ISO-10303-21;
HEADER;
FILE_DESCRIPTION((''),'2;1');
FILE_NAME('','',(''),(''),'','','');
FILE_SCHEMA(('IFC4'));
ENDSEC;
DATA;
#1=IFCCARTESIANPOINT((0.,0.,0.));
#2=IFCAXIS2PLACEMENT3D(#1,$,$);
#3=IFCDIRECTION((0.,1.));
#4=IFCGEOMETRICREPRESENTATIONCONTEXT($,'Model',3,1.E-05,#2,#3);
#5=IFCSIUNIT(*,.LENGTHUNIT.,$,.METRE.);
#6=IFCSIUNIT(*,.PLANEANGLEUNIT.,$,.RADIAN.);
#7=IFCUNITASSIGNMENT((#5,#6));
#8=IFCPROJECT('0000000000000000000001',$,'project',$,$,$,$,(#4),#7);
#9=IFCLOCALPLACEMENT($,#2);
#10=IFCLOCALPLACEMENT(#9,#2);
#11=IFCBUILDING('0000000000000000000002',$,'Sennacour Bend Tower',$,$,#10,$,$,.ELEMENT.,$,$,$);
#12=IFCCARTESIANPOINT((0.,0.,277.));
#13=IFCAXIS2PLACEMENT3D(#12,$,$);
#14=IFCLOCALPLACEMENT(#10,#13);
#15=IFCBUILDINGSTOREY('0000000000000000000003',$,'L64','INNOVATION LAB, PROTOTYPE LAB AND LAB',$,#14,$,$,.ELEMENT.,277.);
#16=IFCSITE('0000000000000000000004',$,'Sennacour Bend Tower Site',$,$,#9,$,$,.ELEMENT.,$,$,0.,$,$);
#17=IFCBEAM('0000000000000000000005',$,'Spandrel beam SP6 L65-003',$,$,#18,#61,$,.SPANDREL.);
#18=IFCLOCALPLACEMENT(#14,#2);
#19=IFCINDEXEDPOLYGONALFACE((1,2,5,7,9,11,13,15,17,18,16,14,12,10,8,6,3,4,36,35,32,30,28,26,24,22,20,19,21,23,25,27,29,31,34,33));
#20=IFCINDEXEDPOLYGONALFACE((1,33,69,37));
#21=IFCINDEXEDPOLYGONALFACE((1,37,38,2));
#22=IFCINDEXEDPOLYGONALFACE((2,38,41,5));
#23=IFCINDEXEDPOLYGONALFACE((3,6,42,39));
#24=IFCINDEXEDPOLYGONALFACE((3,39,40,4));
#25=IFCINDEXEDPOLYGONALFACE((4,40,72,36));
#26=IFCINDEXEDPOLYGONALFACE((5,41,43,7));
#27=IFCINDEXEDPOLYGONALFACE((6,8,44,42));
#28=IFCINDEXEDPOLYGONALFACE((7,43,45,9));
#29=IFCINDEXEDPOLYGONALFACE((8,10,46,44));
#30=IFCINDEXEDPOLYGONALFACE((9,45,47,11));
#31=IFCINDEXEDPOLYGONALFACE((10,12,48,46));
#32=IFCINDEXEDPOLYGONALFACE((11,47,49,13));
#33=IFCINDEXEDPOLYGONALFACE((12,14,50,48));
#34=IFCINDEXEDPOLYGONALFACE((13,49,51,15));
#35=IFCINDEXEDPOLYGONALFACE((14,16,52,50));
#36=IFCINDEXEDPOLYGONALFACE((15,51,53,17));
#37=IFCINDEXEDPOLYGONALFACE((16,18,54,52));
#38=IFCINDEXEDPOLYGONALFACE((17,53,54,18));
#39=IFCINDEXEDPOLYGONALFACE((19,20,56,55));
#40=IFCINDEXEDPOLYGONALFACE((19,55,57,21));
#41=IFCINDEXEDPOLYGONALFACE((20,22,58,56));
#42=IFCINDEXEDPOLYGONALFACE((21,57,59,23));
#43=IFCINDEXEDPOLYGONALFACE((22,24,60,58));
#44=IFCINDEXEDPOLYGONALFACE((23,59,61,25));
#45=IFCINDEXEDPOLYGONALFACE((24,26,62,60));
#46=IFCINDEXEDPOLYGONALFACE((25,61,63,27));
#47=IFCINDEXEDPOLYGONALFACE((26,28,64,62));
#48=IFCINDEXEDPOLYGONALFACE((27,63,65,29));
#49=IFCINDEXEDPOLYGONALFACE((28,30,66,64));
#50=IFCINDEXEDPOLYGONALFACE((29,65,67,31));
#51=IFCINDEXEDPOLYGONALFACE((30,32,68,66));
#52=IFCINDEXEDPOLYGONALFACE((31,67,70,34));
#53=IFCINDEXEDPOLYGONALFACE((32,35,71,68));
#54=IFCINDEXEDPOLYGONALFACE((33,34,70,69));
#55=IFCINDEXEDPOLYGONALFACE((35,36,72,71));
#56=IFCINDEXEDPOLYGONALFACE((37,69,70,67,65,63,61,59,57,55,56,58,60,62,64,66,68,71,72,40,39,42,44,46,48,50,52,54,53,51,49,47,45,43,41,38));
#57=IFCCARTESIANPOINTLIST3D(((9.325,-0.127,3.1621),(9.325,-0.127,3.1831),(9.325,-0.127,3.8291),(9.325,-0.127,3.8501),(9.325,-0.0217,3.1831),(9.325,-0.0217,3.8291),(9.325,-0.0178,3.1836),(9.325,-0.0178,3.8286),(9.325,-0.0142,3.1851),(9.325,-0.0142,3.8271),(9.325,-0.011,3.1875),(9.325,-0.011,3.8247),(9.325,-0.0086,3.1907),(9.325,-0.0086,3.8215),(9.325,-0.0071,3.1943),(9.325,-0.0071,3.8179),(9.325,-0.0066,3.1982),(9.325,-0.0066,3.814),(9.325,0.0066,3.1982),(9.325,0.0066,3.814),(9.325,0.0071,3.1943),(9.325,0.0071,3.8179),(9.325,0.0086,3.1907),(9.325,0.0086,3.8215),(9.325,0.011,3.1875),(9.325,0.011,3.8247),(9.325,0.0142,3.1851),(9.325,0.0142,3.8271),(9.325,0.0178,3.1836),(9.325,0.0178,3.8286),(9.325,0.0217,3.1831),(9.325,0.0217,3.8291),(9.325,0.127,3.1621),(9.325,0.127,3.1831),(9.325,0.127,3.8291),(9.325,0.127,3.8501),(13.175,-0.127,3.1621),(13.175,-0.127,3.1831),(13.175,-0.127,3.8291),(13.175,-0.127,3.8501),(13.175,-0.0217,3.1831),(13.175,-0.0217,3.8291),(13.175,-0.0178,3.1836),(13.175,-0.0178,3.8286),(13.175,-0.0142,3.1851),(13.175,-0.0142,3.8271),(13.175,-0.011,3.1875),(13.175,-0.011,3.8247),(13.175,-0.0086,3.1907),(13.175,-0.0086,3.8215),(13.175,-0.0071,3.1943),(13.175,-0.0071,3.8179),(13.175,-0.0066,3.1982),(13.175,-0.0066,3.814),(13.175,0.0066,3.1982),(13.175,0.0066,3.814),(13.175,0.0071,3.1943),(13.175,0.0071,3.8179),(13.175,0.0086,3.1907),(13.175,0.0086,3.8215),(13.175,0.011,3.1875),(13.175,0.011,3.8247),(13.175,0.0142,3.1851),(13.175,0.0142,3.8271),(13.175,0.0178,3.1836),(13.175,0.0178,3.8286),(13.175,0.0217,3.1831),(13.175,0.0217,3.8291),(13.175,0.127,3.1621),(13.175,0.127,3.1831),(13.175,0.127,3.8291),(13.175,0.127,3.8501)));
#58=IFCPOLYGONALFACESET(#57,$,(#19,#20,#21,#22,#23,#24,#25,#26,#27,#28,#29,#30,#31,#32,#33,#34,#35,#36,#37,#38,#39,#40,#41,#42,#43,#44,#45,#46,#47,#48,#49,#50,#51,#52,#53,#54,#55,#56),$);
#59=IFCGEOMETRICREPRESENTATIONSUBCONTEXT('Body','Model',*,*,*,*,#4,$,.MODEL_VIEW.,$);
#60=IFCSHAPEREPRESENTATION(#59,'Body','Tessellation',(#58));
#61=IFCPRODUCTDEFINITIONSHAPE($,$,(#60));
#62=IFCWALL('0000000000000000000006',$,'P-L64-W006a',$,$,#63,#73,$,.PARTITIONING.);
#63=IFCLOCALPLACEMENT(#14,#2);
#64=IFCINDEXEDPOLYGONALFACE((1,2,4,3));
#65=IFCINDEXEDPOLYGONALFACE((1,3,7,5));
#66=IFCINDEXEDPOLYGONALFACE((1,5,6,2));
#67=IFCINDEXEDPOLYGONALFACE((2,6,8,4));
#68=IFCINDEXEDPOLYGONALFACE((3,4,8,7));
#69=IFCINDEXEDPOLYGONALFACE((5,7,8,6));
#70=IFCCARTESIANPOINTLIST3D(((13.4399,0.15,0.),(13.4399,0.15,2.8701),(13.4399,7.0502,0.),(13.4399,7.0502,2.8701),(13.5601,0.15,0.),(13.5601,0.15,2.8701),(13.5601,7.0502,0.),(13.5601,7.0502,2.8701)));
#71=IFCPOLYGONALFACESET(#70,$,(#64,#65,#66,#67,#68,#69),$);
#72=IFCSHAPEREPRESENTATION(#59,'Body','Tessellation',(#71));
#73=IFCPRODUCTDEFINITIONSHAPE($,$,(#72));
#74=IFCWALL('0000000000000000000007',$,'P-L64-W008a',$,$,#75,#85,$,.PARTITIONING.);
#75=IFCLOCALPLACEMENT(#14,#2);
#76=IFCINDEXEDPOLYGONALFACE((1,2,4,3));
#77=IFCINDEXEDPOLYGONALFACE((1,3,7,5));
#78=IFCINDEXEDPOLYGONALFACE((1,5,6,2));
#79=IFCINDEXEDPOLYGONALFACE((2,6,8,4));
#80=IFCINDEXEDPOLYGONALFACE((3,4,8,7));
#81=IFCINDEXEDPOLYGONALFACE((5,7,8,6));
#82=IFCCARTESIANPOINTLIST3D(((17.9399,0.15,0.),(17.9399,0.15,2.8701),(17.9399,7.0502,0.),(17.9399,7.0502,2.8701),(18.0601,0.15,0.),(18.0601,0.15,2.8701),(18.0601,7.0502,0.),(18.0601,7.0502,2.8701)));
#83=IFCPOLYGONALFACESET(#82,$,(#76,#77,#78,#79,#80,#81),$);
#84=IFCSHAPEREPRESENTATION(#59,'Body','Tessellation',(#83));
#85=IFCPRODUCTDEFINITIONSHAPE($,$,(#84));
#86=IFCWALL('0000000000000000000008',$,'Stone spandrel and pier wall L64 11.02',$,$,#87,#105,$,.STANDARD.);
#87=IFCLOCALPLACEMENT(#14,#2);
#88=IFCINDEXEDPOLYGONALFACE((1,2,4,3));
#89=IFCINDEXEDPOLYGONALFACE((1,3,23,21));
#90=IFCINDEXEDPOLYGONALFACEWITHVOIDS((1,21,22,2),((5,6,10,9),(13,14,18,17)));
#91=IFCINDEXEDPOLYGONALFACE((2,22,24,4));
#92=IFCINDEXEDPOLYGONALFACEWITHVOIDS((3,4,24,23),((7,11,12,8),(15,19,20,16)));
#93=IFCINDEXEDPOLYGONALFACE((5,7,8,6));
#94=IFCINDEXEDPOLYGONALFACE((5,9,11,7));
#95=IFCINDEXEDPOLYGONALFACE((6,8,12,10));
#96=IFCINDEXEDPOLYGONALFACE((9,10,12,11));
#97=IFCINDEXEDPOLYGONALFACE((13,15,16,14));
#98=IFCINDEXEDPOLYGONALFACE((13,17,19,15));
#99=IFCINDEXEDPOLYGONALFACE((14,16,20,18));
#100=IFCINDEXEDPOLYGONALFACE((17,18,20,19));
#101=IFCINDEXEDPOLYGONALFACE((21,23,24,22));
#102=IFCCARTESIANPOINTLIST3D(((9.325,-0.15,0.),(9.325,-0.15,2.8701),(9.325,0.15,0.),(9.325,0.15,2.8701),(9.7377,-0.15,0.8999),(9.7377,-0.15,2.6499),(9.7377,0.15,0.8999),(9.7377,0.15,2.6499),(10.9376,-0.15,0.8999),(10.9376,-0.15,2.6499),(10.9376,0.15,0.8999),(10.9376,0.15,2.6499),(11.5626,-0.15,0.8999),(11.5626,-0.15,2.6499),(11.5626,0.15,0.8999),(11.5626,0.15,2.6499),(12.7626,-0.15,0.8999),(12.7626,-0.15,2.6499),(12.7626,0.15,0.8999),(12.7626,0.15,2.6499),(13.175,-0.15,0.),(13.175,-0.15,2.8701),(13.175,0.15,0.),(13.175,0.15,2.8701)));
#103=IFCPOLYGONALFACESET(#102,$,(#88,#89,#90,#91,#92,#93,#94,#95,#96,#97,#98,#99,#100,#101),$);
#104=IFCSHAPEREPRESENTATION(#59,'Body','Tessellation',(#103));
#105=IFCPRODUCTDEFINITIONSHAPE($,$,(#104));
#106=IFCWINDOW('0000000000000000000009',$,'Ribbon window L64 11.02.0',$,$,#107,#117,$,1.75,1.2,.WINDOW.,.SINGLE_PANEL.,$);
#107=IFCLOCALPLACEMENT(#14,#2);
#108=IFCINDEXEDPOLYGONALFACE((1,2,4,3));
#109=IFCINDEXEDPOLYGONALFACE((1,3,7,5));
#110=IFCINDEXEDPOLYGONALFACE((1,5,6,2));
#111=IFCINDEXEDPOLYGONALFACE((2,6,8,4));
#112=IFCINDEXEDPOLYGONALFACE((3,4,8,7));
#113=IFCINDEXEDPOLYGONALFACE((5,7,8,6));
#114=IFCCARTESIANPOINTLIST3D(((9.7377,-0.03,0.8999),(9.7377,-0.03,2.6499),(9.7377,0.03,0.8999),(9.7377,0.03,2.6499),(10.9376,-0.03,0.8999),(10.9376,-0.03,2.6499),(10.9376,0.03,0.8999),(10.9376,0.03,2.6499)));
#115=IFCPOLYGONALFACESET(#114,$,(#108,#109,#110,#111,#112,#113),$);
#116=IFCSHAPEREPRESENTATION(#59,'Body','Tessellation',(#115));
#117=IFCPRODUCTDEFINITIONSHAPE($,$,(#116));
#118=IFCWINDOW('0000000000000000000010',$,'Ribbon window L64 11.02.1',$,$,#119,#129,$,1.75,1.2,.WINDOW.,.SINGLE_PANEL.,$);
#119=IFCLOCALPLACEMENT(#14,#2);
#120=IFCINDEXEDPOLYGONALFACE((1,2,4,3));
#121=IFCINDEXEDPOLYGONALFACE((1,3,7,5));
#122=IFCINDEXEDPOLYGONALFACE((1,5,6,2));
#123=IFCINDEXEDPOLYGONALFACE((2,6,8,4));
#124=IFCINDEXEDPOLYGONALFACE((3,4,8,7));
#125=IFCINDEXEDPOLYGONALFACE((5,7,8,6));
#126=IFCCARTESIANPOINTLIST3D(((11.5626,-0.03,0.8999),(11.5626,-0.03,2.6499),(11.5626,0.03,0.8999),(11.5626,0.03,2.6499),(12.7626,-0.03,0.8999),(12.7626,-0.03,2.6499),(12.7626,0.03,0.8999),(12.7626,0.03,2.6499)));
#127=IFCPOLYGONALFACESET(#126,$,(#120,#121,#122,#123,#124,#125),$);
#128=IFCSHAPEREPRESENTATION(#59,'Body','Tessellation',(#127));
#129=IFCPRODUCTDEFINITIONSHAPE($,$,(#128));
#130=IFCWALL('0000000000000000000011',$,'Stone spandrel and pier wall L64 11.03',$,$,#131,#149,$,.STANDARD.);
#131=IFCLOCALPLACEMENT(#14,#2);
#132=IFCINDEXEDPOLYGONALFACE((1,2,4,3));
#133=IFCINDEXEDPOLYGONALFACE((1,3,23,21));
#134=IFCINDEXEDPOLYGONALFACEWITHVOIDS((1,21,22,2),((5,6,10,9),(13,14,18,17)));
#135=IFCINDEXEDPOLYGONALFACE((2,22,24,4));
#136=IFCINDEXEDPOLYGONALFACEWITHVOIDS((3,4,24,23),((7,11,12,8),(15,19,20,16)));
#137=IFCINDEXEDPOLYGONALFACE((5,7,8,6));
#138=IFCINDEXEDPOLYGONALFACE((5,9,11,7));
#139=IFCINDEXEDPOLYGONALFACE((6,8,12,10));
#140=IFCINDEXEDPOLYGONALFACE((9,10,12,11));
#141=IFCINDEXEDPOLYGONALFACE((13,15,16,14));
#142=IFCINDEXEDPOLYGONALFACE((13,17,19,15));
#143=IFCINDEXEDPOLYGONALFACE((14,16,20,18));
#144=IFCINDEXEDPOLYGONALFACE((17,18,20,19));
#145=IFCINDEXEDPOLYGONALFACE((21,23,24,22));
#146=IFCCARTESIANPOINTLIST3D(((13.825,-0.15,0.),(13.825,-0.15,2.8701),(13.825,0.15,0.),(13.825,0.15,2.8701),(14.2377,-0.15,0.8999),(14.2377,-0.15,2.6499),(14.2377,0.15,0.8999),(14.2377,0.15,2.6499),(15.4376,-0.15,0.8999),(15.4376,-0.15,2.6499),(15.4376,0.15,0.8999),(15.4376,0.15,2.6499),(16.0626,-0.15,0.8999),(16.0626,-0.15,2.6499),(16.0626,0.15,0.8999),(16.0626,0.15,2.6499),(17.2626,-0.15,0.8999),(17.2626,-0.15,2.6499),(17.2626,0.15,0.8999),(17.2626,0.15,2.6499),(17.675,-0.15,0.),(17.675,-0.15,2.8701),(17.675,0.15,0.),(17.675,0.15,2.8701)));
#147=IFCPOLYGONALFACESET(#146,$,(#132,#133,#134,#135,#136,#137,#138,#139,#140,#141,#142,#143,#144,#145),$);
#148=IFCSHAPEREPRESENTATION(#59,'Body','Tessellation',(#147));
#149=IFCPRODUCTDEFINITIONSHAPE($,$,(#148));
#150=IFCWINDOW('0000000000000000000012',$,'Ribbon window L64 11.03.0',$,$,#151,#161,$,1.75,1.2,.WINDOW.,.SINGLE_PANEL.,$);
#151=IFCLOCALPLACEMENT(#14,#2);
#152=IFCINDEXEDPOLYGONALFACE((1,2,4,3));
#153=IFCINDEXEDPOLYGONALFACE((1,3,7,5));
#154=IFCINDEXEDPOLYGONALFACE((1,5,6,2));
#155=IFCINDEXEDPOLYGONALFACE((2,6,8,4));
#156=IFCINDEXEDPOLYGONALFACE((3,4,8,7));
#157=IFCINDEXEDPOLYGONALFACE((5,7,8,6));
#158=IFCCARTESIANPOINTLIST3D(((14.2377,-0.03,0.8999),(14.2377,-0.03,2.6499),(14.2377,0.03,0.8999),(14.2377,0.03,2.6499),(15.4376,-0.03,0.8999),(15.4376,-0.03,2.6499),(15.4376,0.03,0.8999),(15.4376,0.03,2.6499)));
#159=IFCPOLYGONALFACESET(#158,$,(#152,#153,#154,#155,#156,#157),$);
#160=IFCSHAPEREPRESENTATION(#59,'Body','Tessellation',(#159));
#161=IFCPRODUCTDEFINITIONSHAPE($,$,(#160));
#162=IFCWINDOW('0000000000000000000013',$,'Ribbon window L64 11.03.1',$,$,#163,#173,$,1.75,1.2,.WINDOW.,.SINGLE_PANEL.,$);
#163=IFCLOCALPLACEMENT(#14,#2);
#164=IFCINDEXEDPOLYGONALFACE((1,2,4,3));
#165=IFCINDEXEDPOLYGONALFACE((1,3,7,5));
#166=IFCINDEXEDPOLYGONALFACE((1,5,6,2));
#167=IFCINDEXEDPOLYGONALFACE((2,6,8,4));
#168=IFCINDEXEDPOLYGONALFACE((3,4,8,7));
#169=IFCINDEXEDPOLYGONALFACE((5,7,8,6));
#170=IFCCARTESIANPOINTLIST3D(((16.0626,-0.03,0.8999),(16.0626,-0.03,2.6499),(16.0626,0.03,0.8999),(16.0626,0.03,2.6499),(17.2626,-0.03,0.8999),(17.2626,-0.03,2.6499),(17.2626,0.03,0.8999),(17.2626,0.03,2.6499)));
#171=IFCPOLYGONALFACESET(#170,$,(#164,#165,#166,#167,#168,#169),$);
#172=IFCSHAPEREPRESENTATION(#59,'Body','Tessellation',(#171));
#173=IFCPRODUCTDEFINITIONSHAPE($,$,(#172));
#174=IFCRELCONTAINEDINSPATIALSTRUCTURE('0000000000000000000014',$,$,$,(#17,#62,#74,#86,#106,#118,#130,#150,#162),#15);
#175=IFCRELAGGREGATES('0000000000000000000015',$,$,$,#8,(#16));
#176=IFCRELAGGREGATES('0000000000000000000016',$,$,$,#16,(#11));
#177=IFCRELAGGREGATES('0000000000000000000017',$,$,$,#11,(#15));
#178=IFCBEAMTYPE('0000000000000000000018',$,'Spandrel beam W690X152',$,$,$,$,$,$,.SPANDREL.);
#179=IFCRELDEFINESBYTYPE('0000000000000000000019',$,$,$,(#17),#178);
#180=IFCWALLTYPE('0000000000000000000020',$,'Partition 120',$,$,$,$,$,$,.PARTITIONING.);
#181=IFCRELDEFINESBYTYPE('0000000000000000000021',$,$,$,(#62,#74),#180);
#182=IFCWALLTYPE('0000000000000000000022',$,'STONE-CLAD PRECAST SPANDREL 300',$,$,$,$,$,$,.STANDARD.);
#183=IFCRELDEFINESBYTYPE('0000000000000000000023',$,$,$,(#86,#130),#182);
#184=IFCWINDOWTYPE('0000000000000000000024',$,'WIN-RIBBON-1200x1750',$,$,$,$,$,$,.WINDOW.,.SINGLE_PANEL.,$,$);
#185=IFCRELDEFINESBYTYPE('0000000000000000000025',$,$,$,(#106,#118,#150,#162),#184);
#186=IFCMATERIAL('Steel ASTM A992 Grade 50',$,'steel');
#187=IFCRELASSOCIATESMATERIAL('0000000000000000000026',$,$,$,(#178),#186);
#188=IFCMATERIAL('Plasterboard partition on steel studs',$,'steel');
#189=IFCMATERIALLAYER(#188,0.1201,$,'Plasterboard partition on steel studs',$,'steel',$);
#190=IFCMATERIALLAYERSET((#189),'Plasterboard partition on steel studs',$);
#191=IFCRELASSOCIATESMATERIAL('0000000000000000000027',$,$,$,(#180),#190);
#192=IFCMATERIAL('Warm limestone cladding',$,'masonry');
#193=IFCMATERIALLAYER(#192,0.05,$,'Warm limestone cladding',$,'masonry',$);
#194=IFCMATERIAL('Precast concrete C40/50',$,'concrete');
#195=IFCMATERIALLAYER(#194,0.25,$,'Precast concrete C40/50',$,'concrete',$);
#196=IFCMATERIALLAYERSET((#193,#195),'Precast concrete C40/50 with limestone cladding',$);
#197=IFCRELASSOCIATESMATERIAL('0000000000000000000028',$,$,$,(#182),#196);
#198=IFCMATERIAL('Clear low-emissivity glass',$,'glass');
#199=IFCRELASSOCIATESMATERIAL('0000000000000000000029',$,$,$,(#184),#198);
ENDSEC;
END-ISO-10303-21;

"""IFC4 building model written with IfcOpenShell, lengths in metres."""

from ifc_helpers import new_model, si_unit, direction, frame, frame_2d, origin, origin_2d, place, context, subcontext, project, spatial, rectangle, i_section, extrude, material, layer, layer_set, material_profile, profile_set, type_object, element, fill, save


model = new_model("IFC4")

# Units and contexts
model_context = context("Model", 3, precision=1e-05, world=origin(), true_north=direction((0.0, 1.0)))
body_context = subcontext(model_context, "Body", "Model", "MODEL_VIEW")
ifc_project = project(units=[si_unit("LENGTHUNIT", "METRE"), si_unit("PLANEANGLEUNIT", "RADIAN")], contexts=[model_context])

# Site, building, storey
site_placement = place(None, origin())
site = spatial("IfcSite", under=ifc_project, at=site_placement, Name="Sennacour Bend Tower Site", CompositionType="ELEMENT", RefElevation=0.0)
building_placement = place(site_placement, origin())
building = spatial("IfcBuilding", under=site, at=building_placement, Name="Sennacour Bend Tower", CompositionType="ELEMENT")
storey_placement = place(building_placement, frame((0.0, 0.0, 277.0)))
storey = spatial("IfcBuildingStorey", under=building, at=storey_placement, Name="L64", Description="INNOVATION LAB, PROTOTYPE LAB AND LAB", CompositionType="ELEMENT", Elevation=277.0)

# Beam
ifc_material_1 = material(Name="Steel ASTM A992 Grade 50", Category="steel")
ifc_material_profile_1 = material_profile(ifc_material_1, i_section(OverallWidth=0.2539, OverallDepth=0.688, WebThickness=0.0132, FlangeThickness=0.021, FilletRadius=0.0151, at=origin_2d()), Name="Steel ASTM A992 Grade 50", Category="steel")
ifc_profile_set_1 = profile_set([ifc_material_profile_1], Name="Steel ASTM A992 Grade 50")
beam_type_1 = type_object("IfcBeamType", Name="Spandrel beam W690X152", PredefinedType="SPANDREL", material=ifc_profile_set_1)
for number, where, z_axis, x_axis, name in (
    (1, (13.175, 0.0, 3.5061), (-1.0, 0.0, 0.0), (0.0, -1.0, 0.0), "Spandrel beam SP6 L65-003"),
):
    element("IfcBeam", number, at=place(storey_placement, frame(where, z_axis=z_axis, x_axis=x_axis)), inside=storey, type_object=beam_type_1, Name=name, PredefinedType="SPANDREL", context=body_context, shape_type="SweptSolid", body=[
        extrude(i_section(OverallWidth=0.2539, OverallDepth=0.688, WebThickness=0.0132, FlangeThickness=0.021, FilletRadius=0.0151, at=origin_2d()), origin(), (0.0, 0.0, 1.0), 3.8501),
    ])

# Walls
ifc_material_2 = material(Name="Plasterboard partition on steel studs", Category="steel")
ifc_layer_1 = layer(ifc_material_2, 0.1201, Name="Plasterboard partition on steel studs", Category="steel")
ifc_layer_set_1 = layer_set([ifc_layer_1], Name="Plasterboard partition on steel studs")
wall_type_1 = type_object("IfcWallType", Name="Partition 120", PredefinedType="PARTITIONING", material=ifc_layer_set_1)
for number, where, z_axis, x_axis, name in (
    (2, (13.5, 0.1499, 0.0), (0.0, 0.0, 1.0), (0.0, 1.0, 0.0), "P-L64-W006a"),
    (3, (18.0, 0.1499, 0.0), (0.0, 0.0, 1.0), (0.0, 1.0, 0.0), "P-L64-W008a"),
):
    element("IfcWall", number, at=place(storey_placement, frame(where, z_axis=z_axis, x_axis=x_axis)), inside=storey, type_object=wall_type_1, Name=name, PredefinedType="PARTITIONING", context=body_context, shape_type="SweptSolid", body=[
        extrude(rectangle(XDim=6.9001, YDim=0.1201, at=frame_2d((3.4502, 0.0))), origin(), (0.0, 0.0, 1.0), 2.8701),
    ])

# Walls, openings, windows
ifc_material_3 = material(Name="Warm limestone cladding", Category="masonry")
ifc_layer_2 = layer(ifc_material_3, 0.05, Name="Warm limestone cladding", Category="masonry")
ifc_material_4 = material(Name="Precast concrete C40/50", Category="concrete")
ifc_layer_3 = layer(ifc_material_4, 0.25, Name="Precast concrete C40/50", Category="concrete")
ifc_layer_set_2 = layer_set([ifc_layer_2, ifc_layer_3], Name="Precast concrete C40/50 with limestone cladding")
wall_type_2 = type_object("IfcWallType", Name="STONE-CLAD PRECAST SPANDREL 300", PredefinedType="STANDARD", material=ifc_layer_set_2)
wall_1_placement = place(storey_placement, frame((9.325, 0.0, 0.0), z_axis=(0.0, 0.0, 1.0), x_axis=(1.0, 0.0, 0.0)))
wall_1 = element("IfcWall", 4, at=wall_1_placement, inside=storey, type_object=wall_type_2, Name="Stone spandrel and pier wall L64 11.02", PredefinedType="STANDARD", context=body_context, shape_type="SweptSolid", body=[
    extrude(rectangle(XDim=3.8501, YDim=0.3, at=frame_2d((1.925, 0.0))), origin(), (0.0, 0.0, 1.0), 2.8701),
])
opening_1_placement = place(wall_1_placement, frame((0.4126, 0.0, 0.8999)))
opening_1 = element("IfcOpeningElement", 5, at=opening_1_placement, cuts=wall_1, PredefinedType="OPENING", context=body_context, shape_type="SweptSolid", body=[
    extrude(rectangle(XDim=1.2, YDim=1.75, at=frame_2d((0.6001, 0.875))), frame((0.0, 0.1602, 0.0), z_axis=(0.0, -1.0, 0.0), x_axis=(1.0, 0.0, 0.0)), (0.0, 0.0, 1.0), 0.3201),
])
opening_2_placement = place(wall_1_placement, frame((2.2375, 0.0, 0.8999)))
opening_2 = element("IfcOpeningElement", 6, at=opening_2_placement, cuts=wall_1, PredefinedType="OPENING", context=body_context, shape_type="SweptSolid", body=[
    extrude(rectangle(XDim=1.2, YDim=1.75, at=frame_2d((0.6001, 0.875))), frame((0.0, 0.1602, 0.0), z_axis=(0.0, -1.0, 0.0), x_axis=(1.0, 0.0, 0.0)), (0.0, 0.0, 1.0), 0.3201),
])
ifc_material_5 = material(Name="Clear low-emissivity glass", Category="glass")
window_type = type_object("IfcWindowType", Name="WIN-RIBBON-1200x1750", PartitioningType="SINGLE_PANEL", PredefinedType="WINDOW", material=ifc_material_5)
window_1_placement = place(opening_1_placement, origin())
window_1 = element("IfcWindow", 7, at=window_1_placement, inside=storey, type_object=window_type, Name="Ribbon window L64 11.02.0", OverallHeight=1.75, OverallWidth=1.2, PartitioningType="SINGLE_PANEL", PredefinedType="WINDOW", context=body_context, shape_type="SweptSolid", body=[
    extrude(rectangle(XDim=1.2, YDim=1.75, at=frame_2d((0.6001, 0.875))), frame((0.0, 0.03, 0.0), z_axis=(0.0, -1.0, 0.0), x_axis=(1.0, 0.0, 0.0)), (0.0, 0.0, 1.0), 0.0601),
])
fill(opening_1, window_1)
window_2_placement = place(opening_2_placement, origin())
window_2 = element("IfcWindow", 8, at=window_2_placement, inside=storey, type_object=window_type, Name="Ribbon window L64 11.02.1", OverallHeight=1.75, OverallWidth=1.2, PartitioningType="SINGLE_PANEL", PredefinedType="WINDOW", context=body_context, shape_type="SweptSolid", body=[
    extrude(rectangle(XDim=1.2, YDim=1.75, at=frame_2d((0.6001, 0.875))), frame((0.0, 0.03, 0.0), z_axis=(0.0, -1.0, 0.0), x_axis=(1.0, 0.0, 0.0)), (0.0, 0.0, 1.0), 0.0601),
])
fill(opening_2, window_2)
wall_2_placement = place(storey_placement, frame((13.825, 0.0, 0.0), z_axis=(0.0, 0.0, 1.0), x_axis=(1.0, 0.0, 0.0)))
wall_2 = element("IfcWall", 9, at=wall_2_placement, inside=storey, type_object=wall_type_2, Name="Stone spandrel and pier wall L64 11.03", PredefinedType="STANDARD", context=body_context, shape_type="SweptSolid", body=[
    extrude(rectangle(XDim=3.8501, YDim=0.3, at=frame_2d((1.925, 0.0))), origin(), (0.0, 0.0, 1.0), 2.8701),
])
opening_3_placement = place(wall_2_placement, frame((0.4126, 0.0, 0.8999)))
opening_3 = element("IfcOpeningElement", 10, at=opening_3_placement, cuts=wall_2, PredefinedType="OPENING", context=body_context, shape_type="SweptSolid", body=[
    extrude(rectangle(XDim=1.2, YDim=1.75, at=frame_2d((0.6001, 0.875))), frame((0.0, 0.1602, 0.0), z_axis=(0.0, -1.0, 0.0), x_axis=(1.0, 0.0, 0.0)), (0.0, 0.0, 1.0), 0.3201),
])
opening_4_placement = place(wall_2_placement, frame((2.2375, 0.0, 0.8999)))
opening_4 = element("IfcOpeningElement", 11, at=opening_4_placement, cuts=wall_2, PredefinedType="OPENING", context=body_context, shape_type="SweptSolid", body=[
    extrude(rectangle(XDim=1.2, YDim=1.75, at=frame_2d((0.6001, 0.875))), frame((0.0, 0.1602, 0.0), z_axis=(0.0, -1.0, 0.0), x_axis=(1.0, 0.0, 0.0)), (0.0, 0.0, 1.0), 0.3201),
])
window_3_placement = place(opening_3_placement, origin())
window_3 = element("IfcWindow", 12, at=window_3_placement, inside=storey, type_object=window_type, Name="Ribbon window L64 11.03.0", OverallHeight=1.75, OverallWidth=1.2, PartitioningType="SINGLE_PANEL", PredefinedType="WINDOW", context=body_context, shape_type="SweptSolid", body=[
    extrude(rectangle(XDim=1.2, YDim=1.75, at=frame_2d((0.6001, 0.875))), frame((0.0, 0.03, 0.0), z_axis=(0.0, -1.0, 0.0), x_axis=(1.0, 0.0, 0.0)), (0.0, 0.0, 1.0), 0.0601),
])
fill(opening_3, window_3)
window_4_placement = place(opening_4_placement, origin())
window_4 = element("IfcWindow", 13, at=window_4_placement, inside=storey, type_object=window_type, Name="Ribbon window L64 11.03.1", OverallHeight=1.75, OverallWidth=1.2, PartitioningType="SINGLE_PANEL", PredefinedType="WINDOW", context=body_context, shape_type="SweptSolid", body=[
    extrude(rectangle(XDim=1.2, YDim=1.75, at=frame_2d((0.6001, 0.875))), frame((0.0, 0.03, 0.0), z_axis=(0.0, -1.0, 0.0), x_axis=(1.0, 0.0, 0.0)), (0.0, 0.0, 1.0), 0.0601),
])
fill(opening_4, window_4)

save(model, "model.ifc")
